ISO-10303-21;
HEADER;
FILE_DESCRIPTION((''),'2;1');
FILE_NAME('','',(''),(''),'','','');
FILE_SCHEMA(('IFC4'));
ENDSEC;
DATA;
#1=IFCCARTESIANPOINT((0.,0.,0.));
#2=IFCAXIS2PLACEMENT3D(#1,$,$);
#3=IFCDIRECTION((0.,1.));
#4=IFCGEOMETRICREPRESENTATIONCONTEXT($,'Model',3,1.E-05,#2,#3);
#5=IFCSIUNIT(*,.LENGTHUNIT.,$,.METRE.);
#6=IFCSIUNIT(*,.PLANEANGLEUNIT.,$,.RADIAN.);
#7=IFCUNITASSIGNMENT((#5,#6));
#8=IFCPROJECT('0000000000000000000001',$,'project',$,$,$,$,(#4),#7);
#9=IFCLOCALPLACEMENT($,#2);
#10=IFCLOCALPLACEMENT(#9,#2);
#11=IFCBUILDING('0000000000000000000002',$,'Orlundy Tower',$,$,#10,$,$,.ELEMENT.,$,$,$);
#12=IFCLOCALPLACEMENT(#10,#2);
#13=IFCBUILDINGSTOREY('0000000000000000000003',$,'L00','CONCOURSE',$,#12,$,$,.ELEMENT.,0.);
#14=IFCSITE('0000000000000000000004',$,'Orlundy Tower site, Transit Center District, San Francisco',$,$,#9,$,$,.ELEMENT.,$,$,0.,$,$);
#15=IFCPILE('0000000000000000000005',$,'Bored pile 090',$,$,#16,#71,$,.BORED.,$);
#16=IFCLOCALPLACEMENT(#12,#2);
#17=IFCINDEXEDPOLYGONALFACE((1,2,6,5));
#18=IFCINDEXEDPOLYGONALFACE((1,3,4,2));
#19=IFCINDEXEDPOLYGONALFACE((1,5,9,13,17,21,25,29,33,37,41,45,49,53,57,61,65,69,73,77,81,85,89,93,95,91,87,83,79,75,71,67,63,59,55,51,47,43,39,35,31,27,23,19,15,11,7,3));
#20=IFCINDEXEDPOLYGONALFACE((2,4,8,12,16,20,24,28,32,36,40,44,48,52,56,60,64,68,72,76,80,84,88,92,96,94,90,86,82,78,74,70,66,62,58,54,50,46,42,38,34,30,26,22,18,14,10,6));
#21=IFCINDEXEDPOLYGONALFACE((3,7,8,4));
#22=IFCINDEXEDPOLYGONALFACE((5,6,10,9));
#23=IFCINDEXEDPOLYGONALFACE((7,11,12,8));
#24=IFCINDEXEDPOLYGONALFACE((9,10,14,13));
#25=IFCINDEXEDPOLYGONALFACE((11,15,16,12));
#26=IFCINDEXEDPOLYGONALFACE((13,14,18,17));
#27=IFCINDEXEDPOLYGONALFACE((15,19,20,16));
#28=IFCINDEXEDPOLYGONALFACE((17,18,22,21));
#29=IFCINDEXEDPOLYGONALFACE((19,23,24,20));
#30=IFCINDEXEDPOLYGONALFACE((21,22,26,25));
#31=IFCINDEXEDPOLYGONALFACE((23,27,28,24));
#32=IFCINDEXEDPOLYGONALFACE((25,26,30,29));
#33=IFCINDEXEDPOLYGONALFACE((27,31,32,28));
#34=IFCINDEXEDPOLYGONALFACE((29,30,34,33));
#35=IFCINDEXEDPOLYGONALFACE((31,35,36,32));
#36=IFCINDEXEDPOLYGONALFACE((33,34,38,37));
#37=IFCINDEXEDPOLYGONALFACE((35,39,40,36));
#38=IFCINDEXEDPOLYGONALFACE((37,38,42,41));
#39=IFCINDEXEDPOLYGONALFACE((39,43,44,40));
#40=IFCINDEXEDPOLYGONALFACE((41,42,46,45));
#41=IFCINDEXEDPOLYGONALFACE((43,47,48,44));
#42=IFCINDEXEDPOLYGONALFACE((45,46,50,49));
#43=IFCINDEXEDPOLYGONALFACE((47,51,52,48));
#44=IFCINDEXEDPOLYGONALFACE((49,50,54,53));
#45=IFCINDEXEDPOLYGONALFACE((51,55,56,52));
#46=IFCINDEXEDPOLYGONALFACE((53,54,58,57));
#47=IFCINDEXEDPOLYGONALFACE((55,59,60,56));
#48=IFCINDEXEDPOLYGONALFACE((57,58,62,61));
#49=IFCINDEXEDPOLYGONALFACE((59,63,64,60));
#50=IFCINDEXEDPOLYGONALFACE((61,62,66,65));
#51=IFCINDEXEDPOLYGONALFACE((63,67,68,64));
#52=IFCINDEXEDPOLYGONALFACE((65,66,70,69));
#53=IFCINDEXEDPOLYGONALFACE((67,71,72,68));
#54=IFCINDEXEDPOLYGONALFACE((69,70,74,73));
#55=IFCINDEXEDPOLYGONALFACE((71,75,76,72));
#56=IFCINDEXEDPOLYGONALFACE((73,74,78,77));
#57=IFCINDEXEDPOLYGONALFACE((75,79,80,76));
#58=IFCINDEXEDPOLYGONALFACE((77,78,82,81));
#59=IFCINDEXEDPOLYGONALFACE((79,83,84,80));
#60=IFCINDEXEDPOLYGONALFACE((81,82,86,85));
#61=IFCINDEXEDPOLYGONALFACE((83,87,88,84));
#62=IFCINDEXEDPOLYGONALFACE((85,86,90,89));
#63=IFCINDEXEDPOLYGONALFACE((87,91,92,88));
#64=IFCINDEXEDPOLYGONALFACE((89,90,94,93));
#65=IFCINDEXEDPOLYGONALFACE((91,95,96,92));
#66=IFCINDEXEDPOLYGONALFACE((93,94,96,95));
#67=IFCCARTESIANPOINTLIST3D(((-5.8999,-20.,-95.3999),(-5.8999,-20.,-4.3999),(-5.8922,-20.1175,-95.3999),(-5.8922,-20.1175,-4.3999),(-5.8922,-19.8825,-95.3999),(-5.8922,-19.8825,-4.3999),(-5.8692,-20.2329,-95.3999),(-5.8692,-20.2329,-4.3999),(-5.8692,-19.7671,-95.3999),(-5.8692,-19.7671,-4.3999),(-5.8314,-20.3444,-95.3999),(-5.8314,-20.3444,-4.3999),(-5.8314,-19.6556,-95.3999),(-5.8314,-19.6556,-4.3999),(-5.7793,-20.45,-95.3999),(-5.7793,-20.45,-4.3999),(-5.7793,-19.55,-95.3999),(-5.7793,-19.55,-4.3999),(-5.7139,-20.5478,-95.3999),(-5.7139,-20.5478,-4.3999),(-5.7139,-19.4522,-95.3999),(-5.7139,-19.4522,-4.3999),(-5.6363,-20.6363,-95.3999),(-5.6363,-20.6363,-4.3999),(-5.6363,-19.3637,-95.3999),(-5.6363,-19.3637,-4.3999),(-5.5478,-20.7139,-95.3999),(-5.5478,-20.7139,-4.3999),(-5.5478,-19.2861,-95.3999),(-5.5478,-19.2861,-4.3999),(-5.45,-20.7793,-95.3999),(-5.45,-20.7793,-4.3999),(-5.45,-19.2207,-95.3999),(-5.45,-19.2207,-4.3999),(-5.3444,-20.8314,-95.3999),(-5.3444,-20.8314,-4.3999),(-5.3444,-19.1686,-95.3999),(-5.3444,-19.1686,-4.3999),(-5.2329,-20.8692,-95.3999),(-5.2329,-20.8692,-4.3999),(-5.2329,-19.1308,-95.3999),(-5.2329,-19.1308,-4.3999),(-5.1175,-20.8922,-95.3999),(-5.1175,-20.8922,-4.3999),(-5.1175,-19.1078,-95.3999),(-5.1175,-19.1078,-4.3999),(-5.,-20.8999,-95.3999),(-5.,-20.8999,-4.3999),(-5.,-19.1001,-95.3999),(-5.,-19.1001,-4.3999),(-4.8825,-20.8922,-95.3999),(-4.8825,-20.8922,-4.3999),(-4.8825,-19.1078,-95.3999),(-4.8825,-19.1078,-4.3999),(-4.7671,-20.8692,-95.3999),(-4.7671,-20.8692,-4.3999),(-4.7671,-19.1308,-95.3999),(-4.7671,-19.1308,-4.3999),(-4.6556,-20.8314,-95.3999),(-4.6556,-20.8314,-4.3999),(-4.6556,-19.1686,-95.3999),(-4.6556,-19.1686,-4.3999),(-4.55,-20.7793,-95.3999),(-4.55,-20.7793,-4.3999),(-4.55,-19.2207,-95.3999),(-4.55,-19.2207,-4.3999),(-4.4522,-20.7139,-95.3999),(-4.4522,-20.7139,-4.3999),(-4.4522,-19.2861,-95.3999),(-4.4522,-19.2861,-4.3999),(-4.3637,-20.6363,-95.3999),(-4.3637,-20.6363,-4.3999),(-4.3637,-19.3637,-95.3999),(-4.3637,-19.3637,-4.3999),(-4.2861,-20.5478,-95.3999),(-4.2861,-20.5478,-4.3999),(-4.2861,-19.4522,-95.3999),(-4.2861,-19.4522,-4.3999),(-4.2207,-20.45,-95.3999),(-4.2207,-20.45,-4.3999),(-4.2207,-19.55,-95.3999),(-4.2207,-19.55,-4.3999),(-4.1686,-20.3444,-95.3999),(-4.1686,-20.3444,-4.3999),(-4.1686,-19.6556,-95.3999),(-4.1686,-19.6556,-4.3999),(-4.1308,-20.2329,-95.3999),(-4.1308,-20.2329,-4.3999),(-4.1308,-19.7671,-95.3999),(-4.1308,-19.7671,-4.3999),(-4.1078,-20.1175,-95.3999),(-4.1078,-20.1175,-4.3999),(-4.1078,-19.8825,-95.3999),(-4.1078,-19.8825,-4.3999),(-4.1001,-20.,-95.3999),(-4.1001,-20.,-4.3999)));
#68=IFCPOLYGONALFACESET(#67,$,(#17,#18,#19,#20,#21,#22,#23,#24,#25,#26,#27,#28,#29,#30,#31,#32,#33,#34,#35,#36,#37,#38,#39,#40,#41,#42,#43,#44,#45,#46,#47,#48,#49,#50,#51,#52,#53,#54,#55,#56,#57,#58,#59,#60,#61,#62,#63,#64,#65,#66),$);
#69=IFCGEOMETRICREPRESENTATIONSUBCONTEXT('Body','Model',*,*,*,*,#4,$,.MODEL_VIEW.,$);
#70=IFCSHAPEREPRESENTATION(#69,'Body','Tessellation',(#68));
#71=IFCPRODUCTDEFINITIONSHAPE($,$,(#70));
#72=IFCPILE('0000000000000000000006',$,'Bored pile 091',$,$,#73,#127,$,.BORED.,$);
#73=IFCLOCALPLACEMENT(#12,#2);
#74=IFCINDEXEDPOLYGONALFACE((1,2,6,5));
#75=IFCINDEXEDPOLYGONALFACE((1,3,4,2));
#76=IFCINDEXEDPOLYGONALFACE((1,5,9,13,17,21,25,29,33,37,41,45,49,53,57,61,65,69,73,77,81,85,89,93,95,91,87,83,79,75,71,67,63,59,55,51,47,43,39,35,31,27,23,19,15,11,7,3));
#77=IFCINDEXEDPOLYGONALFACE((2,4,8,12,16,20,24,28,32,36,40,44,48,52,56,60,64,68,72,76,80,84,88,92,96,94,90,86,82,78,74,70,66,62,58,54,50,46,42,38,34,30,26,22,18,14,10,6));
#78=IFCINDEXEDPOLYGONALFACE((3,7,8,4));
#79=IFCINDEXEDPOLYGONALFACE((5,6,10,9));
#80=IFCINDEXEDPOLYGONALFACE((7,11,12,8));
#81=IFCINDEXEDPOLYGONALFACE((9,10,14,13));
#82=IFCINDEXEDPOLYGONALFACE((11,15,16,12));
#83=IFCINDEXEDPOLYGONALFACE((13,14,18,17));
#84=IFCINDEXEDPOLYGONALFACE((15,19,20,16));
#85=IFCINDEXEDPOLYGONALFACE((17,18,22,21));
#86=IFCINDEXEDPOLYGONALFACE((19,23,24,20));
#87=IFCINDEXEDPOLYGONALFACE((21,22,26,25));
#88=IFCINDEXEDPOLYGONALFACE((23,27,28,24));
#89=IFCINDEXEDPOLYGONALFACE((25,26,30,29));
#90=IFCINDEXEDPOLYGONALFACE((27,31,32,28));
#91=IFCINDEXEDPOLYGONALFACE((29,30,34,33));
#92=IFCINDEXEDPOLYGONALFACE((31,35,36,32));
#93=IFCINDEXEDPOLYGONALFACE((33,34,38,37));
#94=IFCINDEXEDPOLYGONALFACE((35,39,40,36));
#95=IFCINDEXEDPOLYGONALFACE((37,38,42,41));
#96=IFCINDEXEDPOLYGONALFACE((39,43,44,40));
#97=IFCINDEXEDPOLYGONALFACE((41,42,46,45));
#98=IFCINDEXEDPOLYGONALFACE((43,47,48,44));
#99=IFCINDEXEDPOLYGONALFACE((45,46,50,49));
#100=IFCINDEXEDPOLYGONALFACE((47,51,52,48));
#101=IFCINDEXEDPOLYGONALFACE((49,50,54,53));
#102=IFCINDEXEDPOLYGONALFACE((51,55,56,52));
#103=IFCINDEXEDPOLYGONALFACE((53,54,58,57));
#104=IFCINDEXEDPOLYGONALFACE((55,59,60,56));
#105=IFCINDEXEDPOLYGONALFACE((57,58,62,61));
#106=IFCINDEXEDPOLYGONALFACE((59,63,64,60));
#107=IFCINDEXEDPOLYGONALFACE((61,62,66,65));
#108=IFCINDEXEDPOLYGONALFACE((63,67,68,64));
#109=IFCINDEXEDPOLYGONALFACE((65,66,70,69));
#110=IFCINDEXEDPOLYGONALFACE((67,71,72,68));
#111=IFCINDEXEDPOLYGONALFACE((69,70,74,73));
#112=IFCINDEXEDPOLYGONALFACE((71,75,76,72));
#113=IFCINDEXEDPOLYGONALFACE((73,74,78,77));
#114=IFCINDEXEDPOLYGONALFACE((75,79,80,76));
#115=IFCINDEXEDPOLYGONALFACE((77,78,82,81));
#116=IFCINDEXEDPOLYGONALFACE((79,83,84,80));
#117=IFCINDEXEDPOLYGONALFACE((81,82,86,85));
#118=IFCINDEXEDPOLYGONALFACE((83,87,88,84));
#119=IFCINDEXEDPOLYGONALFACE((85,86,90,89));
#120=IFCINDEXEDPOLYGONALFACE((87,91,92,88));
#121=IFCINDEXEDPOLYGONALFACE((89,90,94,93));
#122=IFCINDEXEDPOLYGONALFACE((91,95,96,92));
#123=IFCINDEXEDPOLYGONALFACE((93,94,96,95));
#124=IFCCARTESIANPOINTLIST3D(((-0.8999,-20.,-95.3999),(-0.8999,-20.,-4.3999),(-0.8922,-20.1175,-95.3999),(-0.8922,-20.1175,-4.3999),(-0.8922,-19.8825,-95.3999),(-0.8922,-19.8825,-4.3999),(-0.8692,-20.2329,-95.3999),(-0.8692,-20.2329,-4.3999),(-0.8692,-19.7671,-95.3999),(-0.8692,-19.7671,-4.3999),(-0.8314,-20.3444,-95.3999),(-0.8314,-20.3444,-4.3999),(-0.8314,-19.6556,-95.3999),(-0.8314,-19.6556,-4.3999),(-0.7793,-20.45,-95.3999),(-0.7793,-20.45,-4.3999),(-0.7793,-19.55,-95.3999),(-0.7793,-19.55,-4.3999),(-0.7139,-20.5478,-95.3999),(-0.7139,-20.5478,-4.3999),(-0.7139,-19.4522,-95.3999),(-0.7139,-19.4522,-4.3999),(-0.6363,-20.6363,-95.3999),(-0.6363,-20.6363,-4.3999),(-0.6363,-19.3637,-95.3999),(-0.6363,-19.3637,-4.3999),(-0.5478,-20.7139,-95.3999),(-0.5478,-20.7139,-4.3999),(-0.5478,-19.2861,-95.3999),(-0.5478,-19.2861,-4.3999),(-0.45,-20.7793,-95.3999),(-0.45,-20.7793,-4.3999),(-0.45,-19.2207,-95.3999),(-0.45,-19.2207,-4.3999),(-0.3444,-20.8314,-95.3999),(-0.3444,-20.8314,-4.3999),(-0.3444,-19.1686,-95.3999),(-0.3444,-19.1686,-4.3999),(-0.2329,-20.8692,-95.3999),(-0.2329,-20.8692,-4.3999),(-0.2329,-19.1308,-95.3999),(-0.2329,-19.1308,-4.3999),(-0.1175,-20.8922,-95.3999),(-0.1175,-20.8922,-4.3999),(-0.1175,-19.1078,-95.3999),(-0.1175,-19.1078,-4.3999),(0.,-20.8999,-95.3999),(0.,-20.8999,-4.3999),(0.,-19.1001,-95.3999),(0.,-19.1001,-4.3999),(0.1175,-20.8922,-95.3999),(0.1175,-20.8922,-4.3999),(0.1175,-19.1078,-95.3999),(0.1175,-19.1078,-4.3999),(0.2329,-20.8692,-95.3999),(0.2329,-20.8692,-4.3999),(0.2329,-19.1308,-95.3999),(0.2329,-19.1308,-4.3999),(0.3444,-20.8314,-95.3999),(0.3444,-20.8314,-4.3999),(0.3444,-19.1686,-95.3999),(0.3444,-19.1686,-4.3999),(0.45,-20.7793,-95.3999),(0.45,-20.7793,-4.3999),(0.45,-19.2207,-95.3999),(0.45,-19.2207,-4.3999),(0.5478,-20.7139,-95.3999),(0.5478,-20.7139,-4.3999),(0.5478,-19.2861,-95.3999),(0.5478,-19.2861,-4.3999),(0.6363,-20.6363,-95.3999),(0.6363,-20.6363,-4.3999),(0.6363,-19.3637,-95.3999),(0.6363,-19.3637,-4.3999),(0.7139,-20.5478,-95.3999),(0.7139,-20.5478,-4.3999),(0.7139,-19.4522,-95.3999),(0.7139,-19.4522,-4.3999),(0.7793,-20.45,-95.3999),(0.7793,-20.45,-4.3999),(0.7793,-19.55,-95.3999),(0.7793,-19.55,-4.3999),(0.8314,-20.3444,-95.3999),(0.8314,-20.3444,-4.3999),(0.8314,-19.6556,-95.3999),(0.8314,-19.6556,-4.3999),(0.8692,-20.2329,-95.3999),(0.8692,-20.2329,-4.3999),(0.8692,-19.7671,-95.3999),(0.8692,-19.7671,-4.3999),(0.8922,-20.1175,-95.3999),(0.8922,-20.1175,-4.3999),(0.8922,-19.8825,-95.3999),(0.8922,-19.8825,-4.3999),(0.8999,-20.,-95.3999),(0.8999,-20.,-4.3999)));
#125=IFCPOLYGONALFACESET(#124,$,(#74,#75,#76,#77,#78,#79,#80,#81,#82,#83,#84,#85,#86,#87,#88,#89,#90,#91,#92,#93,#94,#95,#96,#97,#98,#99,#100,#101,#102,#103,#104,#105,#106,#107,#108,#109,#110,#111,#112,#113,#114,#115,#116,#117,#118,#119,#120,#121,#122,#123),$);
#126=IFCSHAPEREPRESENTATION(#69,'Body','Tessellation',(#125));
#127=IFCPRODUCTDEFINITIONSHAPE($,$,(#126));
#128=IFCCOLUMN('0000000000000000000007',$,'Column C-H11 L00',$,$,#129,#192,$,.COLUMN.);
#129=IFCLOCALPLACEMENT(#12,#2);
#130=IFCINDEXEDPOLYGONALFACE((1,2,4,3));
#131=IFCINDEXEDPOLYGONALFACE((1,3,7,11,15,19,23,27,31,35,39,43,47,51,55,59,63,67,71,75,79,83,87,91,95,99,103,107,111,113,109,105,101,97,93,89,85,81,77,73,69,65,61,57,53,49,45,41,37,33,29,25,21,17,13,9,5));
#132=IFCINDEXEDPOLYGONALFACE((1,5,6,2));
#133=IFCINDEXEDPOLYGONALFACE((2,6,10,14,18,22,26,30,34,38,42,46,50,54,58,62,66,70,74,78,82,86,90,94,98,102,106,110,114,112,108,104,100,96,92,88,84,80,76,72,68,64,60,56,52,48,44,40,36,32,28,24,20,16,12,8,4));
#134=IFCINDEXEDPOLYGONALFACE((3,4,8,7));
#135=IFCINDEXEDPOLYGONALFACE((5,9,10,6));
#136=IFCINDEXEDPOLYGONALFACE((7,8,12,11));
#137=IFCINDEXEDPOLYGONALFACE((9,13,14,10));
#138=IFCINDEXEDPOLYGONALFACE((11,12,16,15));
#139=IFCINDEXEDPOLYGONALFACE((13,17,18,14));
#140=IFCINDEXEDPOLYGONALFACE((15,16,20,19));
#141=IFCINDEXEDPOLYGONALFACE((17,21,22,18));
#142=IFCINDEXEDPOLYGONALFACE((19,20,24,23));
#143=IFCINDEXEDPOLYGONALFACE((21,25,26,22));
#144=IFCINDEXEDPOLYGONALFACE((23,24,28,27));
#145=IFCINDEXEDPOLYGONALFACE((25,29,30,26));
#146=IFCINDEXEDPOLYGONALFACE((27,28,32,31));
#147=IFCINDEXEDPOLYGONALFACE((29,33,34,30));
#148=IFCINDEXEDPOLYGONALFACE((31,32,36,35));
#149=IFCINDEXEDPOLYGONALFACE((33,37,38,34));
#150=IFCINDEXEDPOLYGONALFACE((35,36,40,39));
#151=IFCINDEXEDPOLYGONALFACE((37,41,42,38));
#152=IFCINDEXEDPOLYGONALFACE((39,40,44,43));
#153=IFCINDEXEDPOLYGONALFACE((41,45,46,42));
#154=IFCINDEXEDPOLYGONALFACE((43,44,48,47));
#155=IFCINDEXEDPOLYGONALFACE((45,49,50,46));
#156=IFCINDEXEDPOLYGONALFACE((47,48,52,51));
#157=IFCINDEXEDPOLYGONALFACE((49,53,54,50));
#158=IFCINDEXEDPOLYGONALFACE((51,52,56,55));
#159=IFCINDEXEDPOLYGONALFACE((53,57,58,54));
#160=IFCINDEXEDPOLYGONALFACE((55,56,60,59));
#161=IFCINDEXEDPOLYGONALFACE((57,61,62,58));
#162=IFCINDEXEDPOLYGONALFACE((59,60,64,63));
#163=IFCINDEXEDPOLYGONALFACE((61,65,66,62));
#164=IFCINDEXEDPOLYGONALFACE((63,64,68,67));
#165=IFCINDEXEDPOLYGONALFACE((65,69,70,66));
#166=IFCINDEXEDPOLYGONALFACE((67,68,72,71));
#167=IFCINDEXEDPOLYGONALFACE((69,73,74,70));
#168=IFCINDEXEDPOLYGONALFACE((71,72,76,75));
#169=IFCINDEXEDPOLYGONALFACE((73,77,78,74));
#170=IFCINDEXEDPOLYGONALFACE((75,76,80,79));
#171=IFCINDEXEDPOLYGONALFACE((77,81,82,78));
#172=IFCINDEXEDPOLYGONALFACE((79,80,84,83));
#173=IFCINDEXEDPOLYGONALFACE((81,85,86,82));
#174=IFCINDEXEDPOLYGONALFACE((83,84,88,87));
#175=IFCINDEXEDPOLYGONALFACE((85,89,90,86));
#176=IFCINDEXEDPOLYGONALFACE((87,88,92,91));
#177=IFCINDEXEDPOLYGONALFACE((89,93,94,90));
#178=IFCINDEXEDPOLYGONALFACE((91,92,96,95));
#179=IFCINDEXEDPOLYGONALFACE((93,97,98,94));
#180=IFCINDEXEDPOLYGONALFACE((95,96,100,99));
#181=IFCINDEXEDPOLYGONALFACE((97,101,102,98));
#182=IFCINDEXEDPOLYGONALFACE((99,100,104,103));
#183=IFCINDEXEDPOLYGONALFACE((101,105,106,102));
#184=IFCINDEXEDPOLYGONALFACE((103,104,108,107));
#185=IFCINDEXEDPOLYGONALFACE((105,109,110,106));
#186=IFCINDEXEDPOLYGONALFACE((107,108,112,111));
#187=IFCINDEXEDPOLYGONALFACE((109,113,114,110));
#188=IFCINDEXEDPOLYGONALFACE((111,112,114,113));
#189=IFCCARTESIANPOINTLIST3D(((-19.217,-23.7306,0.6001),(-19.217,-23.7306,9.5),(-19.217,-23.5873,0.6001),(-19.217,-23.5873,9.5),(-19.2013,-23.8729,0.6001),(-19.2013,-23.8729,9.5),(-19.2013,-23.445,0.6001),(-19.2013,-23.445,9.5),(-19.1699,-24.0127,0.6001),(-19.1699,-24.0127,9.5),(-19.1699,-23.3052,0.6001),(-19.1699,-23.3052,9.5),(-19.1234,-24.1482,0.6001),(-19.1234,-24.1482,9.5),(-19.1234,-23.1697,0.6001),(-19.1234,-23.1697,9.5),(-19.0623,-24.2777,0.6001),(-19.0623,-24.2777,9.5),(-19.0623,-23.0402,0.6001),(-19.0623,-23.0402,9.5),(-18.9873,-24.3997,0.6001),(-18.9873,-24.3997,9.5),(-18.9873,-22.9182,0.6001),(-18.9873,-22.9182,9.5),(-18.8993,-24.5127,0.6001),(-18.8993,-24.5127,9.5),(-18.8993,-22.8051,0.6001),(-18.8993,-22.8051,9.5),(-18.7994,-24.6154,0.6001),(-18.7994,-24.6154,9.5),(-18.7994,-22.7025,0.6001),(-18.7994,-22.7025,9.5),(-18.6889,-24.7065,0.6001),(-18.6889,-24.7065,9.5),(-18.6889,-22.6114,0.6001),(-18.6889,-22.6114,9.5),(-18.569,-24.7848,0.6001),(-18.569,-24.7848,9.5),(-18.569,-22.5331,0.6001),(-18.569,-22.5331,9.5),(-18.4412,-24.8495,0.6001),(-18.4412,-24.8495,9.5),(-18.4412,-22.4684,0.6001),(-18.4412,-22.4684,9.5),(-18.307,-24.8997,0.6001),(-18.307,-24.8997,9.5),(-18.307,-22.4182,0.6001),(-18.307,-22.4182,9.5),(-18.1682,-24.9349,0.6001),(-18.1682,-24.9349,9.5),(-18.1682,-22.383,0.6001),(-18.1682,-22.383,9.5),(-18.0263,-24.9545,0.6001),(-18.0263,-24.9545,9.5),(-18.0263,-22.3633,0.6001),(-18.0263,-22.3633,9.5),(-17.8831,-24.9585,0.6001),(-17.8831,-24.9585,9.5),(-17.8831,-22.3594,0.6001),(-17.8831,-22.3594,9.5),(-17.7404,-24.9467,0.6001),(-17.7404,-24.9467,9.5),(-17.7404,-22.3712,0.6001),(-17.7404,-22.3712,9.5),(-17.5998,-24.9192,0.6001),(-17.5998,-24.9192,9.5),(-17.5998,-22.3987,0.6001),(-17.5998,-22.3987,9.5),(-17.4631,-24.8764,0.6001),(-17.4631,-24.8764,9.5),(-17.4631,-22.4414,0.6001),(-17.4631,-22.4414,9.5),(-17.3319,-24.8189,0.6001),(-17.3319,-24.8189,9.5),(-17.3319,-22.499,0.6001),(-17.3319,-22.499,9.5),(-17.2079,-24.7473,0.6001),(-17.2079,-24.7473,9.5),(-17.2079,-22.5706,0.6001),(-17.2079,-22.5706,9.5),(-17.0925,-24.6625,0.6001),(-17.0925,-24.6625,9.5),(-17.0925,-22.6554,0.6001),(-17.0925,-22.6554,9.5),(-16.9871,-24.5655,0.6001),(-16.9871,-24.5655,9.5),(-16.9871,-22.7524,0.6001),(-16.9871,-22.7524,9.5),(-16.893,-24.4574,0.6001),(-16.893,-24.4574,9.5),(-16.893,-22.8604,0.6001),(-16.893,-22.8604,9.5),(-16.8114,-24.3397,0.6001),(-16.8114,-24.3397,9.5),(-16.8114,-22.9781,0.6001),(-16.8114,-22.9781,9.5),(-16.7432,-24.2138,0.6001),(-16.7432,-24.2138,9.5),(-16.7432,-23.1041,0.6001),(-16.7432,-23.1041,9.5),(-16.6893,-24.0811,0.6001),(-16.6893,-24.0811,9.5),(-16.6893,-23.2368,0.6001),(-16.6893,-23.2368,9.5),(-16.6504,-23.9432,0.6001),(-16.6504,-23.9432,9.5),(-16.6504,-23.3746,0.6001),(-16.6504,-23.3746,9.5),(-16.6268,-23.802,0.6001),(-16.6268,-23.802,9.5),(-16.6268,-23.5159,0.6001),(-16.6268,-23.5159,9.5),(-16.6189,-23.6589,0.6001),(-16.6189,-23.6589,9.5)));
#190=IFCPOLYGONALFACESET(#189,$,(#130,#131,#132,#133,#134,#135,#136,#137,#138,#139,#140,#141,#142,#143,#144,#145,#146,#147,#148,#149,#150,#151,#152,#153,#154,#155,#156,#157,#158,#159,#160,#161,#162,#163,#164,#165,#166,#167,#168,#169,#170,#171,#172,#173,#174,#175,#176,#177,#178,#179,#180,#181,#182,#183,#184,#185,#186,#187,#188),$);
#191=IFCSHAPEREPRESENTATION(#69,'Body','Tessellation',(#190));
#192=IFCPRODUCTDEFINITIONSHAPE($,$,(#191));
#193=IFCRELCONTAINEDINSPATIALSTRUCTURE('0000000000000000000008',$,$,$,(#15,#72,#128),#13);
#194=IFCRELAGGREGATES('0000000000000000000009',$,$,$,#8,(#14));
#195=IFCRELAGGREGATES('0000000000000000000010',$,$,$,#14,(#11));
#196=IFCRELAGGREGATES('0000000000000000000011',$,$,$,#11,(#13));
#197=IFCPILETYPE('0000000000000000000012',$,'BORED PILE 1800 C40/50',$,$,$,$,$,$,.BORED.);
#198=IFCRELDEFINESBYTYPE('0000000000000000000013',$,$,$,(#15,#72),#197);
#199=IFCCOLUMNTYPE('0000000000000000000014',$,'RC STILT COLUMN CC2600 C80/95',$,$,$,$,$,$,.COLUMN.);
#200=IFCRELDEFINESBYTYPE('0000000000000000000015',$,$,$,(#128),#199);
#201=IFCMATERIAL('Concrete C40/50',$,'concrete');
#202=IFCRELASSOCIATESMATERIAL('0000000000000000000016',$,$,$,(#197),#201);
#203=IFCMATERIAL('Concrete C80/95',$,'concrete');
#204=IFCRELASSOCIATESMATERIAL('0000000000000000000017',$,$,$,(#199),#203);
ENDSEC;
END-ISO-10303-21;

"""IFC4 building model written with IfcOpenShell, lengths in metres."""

from ifc_helpers import new_model, si_unit, direction, frame, origin, origin_2d, place, context, subcontext, project, spatial, circle, extrude, material, material_profile, profile_set, type_object, element, save


model = new_model("IFC4")

# Units and contexts
model_context = context("Model", 3, precision=1e-05, world=origin(), true_north=direction((0.0, 1.0)))
body_context = subcontext(model_context, "Body", "Model", "MODEL_VIEW")
ifc_project = project(units=[si_unit("LENGTHUNIT", "METRE"), si_unit("PLANEANGLEUNIT", "RADIAN")], contexts=[model_context])

# Site, building, storey
site_placement = place(None, origin())
site = spatial("IfcSite", under=ifc_project, at=site_placement, Name="Orlundy Tower site, Transit Center District, San Francisco", CompositionType="ELEMENT", RefElevation=0.0)
building_placement = place(site_placement, origin())
building = spatial("IfcBuilding", under=site, at=building_placement, Name="Orlundy Tower", CompositionType="ELEMENT")
storey_placement = place(building_placement, origin())
storey = spatial("IfcBuildingStorey", under=building, at=storey_placement, Name="L00", Description="CONCOURSE", CompositionType="ELEMENT", Elevation=0.0)

# Piles
ifc_material_1 = material(Name="Concrete C40/50", Category="concrete")
ifc_material_profile_1 = material_profile(ifc_material_1, circle(Radius=0.8999, at=origin_2d()), Name="BP1800")
ifc_profile_set_1 = profile_set([ifc_material_profile_1], Name="Concrete C40/50")
pile_type = type_object("IfcPileType", Name="BORED PILE 1800 C40/50", PredefinedType="BORED", material=ifc_profile_set_1)
for number, where, z_axis, x_axis, name in (
    (1, (-5.0, -20.0, -4.3999), (0.0, 0.0, -1.0), (1.0, 0.0, 0.0), "Bored pile 090"),
    (2, (0.0, -20.0, -4.3999), (0.0, 0.0, -1.0), (1.0, 0.0, 0.0), "Bored pile 091"),
):
    element("IfcPile", number, at=place(storey_placement, frame(where, z_axis=z_axis, x_axis=x_axis)), inside=storey, type_object=pile_type, Name=name, PredefinedType="BORED", context=body_context, shape_type="SweptSolid", body=[
        extrude(circle(Radius=0.8999, at=origin_2d()), origin(), (0.0, 0.0, 1.0), 91.0),
    ])

# Column
ifc_material_2 = material(Name="Concrete C80/95", Category="concrete")
ifc_material_profile_2 = material_profile(ifc_material_2, circle(Radius=1.3, at=origin_2d()), Name="CC2600")
ifc_profile_set_2 = profile_set([ifc_material_profile_2], Name="Concrete C80/95")
column_type = type_object("IfcColumnType", Name="RC STILT COLUMN CC2600 C80/95", PredefinedType="COLUMN", material=ifc_profile_set_2)
column_placement = place(storey_placement, frame((-17.9189, -23.6589, 0.6001), z_axis=(0.0, 0.0, 1.0), x_axis=(1.0, 0.0, 0.0)))
element("IfcColumn", 3, at=column_placement, inside=storey, type_object=column_type, Name="Column C-H11 L00", PredefinedType="COLUMN", context=body_context, shape_type="SweptSolid", body=[
    extrude(circle(Radius=1.3, at=origin_2d()), origin(), (0.0, 0.0, 1.0), 8.8999),
])

save(model, "model.ifc")
